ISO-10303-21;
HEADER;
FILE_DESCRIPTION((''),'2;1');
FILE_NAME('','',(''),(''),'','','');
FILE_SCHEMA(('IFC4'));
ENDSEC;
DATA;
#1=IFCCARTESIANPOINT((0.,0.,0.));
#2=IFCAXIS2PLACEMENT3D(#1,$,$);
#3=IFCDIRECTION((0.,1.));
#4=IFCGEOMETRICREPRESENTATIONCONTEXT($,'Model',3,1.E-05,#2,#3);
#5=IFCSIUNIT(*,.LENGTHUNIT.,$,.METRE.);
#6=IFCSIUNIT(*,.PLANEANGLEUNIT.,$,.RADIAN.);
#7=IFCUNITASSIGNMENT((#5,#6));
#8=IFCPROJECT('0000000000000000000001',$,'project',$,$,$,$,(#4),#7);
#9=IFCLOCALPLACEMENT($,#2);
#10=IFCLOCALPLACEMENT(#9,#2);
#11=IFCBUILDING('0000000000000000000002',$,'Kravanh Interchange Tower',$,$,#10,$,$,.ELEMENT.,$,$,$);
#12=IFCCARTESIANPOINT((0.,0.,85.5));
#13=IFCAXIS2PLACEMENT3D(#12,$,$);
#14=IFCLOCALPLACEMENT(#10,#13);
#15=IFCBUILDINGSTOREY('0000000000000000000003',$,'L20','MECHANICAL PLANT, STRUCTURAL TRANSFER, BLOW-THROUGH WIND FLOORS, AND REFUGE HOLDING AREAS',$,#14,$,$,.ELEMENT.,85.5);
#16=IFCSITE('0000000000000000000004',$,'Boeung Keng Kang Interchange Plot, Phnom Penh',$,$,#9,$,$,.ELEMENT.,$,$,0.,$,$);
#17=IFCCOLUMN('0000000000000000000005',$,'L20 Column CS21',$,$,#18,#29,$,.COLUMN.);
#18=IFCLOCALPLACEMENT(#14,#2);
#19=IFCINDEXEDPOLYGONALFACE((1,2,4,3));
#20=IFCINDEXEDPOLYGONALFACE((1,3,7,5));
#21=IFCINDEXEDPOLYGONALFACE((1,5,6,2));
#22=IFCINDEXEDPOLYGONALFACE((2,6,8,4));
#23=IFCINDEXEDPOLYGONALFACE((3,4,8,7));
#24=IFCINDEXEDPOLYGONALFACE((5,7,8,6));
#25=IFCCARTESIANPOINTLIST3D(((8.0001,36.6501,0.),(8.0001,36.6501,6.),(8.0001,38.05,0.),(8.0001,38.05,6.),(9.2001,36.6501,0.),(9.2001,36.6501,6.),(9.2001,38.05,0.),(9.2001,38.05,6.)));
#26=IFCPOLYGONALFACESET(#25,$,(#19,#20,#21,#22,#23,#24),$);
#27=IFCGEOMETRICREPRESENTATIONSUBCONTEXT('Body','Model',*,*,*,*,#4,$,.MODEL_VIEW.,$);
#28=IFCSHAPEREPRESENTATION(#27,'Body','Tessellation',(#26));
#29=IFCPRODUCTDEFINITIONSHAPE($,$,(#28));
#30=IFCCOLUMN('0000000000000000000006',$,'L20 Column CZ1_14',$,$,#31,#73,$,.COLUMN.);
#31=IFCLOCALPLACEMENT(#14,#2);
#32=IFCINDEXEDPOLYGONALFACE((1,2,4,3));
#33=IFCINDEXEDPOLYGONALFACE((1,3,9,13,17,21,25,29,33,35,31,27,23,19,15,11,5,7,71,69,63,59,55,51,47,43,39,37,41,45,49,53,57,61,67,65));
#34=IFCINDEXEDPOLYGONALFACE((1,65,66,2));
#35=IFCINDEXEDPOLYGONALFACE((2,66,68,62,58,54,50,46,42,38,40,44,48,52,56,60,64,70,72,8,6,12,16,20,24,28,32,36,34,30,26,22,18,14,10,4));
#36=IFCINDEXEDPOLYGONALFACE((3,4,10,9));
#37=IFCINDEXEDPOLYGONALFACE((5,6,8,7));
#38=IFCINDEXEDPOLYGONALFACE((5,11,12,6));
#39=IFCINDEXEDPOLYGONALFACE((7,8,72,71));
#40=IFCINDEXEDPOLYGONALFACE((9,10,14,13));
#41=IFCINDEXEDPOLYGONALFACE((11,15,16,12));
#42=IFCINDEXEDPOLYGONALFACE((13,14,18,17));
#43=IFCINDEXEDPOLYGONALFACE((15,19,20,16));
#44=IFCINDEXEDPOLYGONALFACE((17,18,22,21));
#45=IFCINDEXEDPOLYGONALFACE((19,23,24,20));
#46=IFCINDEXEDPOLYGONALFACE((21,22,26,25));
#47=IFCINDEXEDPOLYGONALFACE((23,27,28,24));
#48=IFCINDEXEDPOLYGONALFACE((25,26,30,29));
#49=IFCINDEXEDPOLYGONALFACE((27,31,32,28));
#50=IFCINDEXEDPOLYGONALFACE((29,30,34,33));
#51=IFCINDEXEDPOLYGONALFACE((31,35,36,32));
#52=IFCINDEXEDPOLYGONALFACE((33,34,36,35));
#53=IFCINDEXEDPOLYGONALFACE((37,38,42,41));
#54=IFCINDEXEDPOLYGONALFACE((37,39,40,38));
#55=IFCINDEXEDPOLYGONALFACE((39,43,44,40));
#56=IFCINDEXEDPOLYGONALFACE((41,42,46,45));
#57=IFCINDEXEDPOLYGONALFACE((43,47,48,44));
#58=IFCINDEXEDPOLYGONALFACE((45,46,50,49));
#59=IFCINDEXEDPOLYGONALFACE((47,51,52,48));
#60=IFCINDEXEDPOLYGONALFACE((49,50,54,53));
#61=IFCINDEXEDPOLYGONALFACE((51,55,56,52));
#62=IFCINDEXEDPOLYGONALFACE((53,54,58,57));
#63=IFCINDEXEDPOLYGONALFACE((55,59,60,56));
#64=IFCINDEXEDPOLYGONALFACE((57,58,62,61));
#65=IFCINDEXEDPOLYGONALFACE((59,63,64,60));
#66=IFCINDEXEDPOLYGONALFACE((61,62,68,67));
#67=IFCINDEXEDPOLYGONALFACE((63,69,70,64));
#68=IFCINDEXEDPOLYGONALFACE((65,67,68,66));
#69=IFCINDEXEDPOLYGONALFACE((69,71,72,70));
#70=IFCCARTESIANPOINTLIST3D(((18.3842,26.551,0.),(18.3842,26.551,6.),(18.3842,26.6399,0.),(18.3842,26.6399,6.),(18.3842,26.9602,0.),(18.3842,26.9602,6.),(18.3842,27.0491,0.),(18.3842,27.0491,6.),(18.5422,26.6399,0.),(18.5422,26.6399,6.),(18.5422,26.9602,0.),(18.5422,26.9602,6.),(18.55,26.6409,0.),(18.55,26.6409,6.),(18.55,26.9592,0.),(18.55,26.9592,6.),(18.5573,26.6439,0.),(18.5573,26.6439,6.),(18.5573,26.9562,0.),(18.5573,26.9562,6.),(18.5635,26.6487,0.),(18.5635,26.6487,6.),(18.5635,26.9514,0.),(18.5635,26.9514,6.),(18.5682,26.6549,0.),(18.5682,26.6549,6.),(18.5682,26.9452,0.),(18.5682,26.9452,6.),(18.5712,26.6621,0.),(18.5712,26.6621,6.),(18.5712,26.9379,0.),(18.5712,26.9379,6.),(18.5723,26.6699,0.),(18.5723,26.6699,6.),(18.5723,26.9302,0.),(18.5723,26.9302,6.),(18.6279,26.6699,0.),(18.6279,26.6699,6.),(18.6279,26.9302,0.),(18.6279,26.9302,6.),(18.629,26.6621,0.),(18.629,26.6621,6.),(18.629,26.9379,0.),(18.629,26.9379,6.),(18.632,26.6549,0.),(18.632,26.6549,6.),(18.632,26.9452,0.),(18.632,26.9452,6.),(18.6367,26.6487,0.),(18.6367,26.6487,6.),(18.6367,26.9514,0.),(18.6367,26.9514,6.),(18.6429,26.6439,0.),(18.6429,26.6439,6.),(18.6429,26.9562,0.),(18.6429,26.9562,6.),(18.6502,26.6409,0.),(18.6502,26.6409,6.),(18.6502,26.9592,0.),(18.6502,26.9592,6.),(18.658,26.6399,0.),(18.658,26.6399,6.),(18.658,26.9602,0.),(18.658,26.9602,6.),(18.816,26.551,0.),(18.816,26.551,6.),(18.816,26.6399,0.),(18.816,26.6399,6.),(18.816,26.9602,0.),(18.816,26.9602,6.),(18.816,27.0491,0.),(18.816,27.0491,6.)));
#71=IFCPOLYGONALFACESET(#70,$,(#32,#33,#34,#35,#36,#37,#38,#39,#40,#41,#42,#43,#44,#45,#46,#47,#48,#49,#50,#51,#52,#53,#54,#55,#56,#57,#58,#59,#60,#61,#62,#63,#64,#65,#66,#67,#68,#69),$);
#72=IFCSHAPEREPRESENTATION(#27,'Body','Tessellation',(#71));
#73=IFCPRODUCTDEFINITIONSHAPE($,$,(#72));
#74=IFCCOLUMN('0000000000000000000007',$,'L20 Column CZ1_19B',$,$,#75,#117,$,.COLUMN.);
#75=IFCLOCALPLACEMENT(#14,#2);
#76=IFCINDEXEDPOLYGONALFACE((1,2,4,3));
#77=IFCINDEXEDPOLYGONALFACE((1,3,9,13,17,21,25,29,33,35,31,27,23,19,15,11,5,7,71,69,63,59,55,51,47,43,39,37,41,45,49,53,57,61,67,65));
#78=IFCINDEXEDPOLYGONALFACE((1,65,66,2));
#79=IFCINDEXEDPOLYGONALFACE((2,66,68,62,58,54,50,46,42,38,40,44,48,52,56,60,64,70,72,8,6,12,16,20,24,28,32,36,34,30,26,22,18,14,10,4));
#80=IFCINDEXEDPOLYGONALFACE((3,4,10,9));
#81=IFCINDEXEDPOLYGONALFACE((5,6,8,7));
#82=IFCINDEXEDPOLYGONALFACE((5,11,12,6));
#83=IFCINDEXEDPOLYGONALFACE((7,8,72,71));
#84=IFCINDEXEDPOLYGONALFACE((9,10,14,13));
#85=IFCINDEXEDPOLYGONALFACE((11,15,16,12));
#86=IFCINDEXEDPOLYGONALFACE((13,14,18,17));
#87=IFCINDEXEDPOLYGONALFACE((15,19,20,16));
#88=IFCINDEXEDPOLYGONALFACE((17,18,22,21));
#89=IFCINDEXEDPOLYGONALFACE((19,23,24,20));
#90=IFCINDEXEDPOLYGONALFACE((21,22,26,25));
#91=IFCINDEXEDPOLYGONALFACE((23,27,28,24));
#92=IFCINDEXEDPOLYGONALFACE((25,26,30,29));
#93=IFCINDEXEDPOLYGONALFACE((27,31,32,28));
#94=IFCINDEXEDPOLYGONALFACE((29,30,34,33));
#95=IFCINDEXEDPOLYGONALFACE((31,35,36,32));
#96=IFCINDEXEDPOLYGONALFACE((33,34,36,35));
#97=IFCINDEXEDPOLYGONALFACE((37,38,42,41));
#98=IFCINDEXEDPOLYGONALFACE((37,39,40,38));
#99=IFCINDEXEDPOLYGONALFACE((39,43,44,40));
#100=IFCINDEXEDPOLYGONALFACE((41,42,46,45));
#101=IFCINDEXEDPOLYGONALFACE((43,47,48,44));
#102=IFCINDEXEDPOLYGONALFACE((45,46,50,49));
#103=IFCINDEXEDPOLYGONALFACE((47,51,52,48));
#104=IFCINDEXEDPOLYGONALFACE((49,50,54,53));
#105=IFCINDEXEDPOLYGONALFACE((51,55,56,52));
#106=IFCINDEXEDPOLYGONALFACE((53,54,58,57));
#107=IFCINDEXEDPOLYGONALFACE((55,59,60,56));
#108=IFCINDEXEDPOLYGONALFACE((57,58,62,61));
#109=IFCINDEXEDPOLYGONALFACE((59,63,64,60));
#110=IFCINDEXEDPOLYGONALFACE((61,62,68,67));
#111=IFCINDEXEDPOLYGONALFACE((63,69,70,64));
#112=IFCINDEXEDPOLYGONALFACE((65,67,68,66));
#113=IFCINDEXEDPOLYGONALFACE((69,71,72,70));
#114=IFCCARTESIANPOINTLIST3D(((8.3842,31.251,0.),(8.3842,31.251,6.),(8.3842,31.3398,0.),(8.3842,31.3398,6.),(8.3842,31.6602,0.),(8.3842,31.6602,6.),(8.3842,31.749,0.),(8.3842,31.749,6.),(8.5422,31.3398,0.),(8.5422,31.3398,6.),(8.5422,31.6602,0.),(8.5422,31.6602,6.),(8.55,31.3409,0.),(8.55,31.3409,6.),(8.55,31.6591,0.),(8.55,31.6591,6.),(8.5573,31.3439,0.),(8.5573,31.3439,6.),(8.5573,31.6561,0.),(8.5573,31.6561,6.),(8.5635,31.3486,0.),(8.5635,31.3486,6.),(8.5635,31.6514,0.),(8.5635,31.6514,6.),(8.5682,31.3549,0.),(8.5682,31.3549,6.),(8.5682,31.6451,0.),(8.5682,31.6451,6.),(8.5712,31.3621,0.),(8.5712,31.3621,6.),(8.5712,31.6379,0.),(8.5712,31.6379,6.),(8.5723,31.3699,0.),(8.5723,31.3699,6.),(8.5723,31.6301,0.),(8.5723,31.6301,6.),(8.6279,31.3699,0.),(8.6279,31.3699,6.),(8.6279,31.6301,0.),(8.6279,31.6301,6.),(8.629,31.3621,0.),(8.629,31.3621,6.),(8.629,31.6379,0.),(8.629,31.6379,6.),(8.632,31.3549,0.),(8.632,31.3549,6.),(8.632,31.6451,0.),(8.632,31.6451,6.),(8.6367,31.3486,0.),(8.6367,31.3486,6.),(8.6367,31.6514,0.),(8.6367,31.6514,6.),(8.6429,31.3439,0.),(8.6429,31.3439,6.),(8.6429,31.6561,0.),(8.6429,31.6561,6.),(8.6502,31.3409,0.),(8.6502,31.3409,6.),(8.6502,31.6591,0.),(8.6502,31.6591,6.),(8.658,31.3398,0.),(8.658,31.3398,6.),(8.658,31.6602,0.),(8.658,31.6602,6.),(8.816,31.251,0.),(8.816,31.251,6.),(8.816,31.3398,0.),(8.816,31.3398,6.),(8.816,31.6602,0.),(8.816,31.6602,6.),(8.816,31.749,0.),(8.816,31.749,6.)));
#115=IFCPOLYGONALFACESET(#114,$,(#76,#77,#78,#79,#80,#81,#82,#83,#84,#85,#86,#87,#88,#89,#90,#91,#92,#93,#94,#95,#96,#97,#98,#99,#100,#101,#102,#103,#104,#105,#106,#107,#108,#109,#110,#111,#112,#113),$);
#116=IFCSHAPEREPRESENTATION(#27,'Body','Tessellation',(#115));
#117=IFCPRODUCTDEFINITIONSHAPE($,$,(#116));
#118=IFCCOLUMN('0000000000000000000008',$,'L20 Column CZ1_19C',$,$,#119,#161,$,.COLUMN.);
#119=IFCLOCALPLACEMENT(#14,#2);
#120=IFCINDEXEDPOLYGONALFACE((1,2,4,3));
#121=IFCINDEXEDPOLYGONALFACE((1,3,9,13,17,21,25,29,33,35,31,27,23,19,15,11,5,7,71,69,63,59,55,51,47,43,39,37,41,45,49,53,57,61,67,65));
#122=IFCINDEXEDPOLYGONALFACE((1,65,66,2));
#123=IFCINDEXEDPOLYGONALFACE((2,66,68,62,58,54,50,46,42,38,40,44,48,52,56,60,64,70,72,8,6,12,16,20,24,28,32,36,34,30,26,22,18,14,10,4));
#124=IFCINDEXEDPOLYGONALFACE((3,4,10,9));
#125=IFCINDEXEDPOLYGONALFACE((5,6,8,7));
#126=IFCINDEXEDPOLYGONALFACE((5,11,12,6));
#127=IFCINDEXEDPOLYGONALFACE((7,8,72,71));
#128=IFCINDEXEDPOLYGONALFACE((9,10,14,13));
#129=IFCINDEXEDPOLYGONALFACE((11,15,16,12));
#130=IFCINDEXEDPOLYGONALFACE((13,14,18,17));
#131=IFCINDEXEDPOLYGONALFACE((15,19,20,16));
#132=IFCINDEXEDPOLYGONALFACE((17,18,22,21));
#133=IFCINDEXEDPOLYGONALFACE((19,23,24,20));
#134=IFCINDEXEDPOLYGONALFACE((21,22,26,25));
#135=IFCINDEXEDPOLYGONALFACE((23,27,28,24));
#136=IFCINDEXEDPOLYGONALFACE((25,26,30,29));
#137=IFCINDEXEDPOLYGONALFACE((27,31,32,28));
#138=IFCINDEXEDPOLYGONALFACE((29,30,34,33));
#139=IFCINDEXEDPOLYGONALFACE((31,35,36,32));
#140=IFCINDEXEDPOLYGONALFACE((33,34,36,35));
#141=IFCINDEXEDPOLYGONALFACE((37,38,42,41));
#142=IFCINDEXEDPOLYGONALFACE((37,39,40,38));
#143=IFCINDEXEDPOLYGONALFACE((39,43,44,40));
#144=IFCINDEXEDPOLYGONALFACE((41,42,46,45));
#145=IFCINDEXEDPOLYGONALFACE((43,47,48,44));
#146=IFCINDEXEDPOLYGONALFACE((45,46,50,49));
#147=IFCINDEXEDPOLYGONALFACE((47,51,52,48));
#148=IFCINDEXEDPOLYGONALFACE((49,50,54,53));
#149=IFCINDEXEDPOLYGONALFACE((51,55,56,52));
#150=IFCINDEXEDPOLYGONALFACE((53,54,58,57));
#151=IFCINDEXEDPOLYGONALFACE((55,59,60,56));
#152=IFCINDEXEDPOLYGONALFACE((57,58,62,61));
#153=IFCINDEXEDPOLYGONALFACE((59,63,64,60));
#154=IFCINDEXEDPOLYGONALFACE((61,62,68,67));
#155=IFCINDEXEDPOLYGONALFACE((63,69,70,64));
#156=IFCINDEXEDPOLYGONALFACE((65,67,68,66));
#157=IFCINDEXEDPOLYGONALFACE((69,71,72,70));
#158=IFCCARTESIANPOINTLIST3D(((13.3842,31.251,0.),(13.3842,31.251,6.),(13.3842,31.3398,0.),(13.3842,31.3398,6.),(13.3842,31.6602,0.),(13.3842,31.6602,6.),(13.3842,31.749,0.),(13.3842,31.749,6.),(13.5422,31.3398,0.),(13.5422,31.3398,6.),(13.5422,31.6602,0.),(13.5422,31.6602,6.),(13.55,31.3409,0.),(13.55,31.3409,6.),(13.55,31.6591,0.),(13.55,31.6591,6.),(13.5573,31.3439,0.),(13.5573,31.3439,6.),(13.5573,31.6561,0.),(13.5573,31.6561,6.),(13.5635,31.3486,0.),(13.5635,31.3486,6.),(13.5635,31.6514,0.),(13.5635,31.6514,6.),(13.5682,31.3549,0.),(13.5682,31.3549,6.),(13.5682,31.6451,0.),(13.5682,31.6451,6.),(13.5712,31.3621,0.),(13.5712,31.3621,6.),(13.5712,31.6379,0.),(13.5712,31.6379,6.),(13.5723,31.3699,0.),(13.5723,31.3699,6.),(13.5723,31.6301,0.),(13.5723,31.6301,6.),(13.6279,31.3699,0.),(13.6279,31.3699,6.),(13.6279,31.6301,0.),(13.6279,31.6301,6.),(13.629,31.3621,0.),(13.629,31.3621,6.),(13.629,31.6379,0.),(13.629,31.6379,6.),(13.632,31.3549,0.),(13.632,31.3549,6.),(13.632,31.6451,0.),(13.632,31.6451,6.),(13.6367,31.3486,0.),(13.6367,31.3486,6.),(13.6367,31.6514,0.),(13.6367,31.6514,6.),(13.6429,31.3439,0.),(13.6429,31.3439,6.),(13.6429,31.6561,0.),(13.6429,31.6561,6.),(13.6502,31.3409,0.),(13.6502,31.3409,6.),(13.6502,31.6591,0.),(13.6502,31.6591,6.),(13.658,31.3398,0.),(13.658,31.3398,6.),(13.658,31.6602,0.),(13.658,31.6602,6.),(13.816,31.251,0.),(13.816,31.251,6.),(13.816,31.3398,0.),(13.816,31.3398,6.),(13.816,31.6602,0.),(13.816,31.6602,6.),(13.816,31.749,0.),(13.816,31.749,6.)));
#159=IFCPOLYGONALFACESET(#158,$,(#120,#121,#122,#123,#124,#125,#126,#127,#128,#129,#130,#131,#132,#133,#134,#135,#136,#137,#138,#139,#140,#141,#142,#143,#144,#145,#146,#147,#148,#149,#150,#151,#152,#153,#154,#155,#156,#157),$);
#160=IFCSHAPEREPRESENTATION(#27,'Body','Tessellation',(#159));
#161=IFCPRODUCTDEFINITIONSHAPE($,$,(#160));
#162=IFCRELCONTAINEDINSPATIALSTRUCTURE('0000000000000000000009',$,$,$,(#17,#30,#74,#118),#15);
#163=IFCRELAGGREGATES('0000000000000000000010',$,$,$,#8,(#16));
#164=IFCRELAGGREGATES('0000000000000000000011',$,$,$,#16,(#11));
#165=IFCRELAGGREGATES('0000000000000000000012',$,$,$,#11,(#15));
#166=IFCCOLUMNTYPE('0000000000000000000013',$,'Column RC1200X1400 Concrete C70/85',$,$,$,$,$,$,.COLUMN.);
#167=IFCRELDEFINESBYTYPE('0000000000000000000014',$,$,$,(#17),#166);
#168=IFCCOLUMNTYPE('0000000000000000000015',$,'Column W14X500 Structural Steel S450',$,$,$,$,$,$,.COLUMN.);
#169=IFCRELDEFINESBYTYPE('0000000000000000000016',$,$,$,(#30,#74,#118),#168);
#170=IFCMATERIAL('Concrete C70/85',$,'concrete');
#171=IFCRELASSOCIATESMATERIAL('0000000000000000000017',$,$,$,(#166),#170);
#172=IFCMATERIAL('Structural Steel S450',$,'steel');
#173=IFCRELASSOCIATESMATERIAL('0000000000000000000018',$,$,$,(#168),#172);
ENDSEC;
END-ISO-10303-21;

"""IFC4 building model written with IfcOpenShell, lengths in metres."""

from ifc_helpers import new_model, si_unit, direction, frame, origin, origin_2d, place, context, subcontext, project, spatial, rectangle, i_section, extrude, material, material_profile, profile_set, type_object, element, save


model = new_model("IFC4")

# Units and contexts
model_context = context("Model", 3, precision=1e-05, world=origin(), true_north=direction((0.0, 1.0)))
body_context = subcontext(model_context, "Body", "Model", "MODEL_VIEW")
ifc_project = project(units=[si_unit("LENGTHUNIT", "METRE"), si_unit("PLANEANGLEUNIT", "RADIAN")], contexts=[model_context])

# Site, building, storey
site_placement = place(None, origin())
site = spatial("IfcSite", under=ifc_project, at=site_placement, Name="Boeung Keng Kang Interchange Plot, Phnom Penh", CompositionType="ELEMENT", RefElevation=0.0)
building_placement = place(site_placement, origin())
building = spatial("IfcBuilding", under=site, at=building_placement, Name="Kravanh Interchange Tower", CompositionType="ELEMENT")
storey_placement = place(building_placement, frame((0.0, 0.0, 85.5)))
storey = spatial("IfcBuildingStorey", under=building, at=storey_placement, Name="L20", Description="MECHANICAL PLANT, STRUCTURAL TRANSFER, BLOW-THROUGH WIND FLOORS, AND REFUGE HOLDING AREAS", CompositionType="ELEMENT", Elevation=85.5)

# Columns
ifc_material_1 = material(Name="Concrete C70/85", Category="concrete")
ifc_material_profile_1 = material_profile(ifc_material_1, rectangle(XDim=1.2, YDim=1.3999, at=origin_2d()), Name="RC1200X1400")
ifc_profile_set_1 = profile_set([ifc_material_profile_1], Name="Concrete C70/85")
column_type_1 = type_object("IfcColumnType", Name="Column RC1200X1400 Concrete C70/85", PredefinedType="COLUMN", material=ifc_profile_set_1)
column_placement = place(storey_placement, frame((8.6001, 37.3501, 0.0), z_axis=(0.0, 0.0, 1.0), x_axis=(1.0, 0.0, 0.0)))
element("IfcColumn", 1, at=column_placement, inside=storey, type_object=column_type_1, Name="L20 Column CS21", PredefinedType="COLUMN", context=body_context, shape_type="SweptSolid", body=[
    extrude(rectangle(XDim=1.2, YDim=1.3999, at=origin_2d()), origin(), (0.0, 0.0, 1.0), 6.0),
])
ifc_material_2 = material(Name="Structural Steel S450", Category="steel")
ifc_material_profile_2 = material_profile(ifc_material_2, i_section(OverallWidth=0.4319, OverallDepth=0.498, WebThickness=0.0557, FlangeThickness=0.0889, FilletRadius=0.03, at=origin_2d()), Name="W14X500")
ifc_profile_set_2 = profile_set([ifc_material_profile_2], Name="Structural Steel S450")
column_type_2 = type_object("IfcColumnType", Name="Column W14X500 Structural Steel S450", PredefinedType="COLUMN", material=ifc_profile_set_2)
for number, where, z_axis, x_axis, name in (
    (2, (18.6001, 26.8, 0.0), (0.0, 0.0, 1.0), (1.0, 0.0, 0.0), "L20 Column CZ1_14"),
    (3, (8.6001, 31.5, 0.0), (0.0, 0.0, 1.0), (1.0, 0.0, 0.0), "L20 Column CZ1_19B"),
    (4, (13.6001, 31.5, 0.0), (0.0, 0.0, 1.0), (1.0, 0.0, 0.0), "L20 Column CZ1_19C"),
):
    element("IfcColumn", number, at=place(storey_placement, frame(where, z_axis=z_axis, x_axis=x_axis)), inside=storey, type_object=column_type_2, Name=name, PredefinedType="COLUMN", context=body_context, shape_type="SweptSolid", body=[
        extrude(i_section(OverallWidth=0.4319, OverallDepth=0.498, WebThickness=0.0557, FlangeThickness=0.0889, FilletRadius=0.03, at=origin_2d()), origin(), (0.0, 0.0, 1.0), 6.0),
    ])

save(model, "model.ifc")
